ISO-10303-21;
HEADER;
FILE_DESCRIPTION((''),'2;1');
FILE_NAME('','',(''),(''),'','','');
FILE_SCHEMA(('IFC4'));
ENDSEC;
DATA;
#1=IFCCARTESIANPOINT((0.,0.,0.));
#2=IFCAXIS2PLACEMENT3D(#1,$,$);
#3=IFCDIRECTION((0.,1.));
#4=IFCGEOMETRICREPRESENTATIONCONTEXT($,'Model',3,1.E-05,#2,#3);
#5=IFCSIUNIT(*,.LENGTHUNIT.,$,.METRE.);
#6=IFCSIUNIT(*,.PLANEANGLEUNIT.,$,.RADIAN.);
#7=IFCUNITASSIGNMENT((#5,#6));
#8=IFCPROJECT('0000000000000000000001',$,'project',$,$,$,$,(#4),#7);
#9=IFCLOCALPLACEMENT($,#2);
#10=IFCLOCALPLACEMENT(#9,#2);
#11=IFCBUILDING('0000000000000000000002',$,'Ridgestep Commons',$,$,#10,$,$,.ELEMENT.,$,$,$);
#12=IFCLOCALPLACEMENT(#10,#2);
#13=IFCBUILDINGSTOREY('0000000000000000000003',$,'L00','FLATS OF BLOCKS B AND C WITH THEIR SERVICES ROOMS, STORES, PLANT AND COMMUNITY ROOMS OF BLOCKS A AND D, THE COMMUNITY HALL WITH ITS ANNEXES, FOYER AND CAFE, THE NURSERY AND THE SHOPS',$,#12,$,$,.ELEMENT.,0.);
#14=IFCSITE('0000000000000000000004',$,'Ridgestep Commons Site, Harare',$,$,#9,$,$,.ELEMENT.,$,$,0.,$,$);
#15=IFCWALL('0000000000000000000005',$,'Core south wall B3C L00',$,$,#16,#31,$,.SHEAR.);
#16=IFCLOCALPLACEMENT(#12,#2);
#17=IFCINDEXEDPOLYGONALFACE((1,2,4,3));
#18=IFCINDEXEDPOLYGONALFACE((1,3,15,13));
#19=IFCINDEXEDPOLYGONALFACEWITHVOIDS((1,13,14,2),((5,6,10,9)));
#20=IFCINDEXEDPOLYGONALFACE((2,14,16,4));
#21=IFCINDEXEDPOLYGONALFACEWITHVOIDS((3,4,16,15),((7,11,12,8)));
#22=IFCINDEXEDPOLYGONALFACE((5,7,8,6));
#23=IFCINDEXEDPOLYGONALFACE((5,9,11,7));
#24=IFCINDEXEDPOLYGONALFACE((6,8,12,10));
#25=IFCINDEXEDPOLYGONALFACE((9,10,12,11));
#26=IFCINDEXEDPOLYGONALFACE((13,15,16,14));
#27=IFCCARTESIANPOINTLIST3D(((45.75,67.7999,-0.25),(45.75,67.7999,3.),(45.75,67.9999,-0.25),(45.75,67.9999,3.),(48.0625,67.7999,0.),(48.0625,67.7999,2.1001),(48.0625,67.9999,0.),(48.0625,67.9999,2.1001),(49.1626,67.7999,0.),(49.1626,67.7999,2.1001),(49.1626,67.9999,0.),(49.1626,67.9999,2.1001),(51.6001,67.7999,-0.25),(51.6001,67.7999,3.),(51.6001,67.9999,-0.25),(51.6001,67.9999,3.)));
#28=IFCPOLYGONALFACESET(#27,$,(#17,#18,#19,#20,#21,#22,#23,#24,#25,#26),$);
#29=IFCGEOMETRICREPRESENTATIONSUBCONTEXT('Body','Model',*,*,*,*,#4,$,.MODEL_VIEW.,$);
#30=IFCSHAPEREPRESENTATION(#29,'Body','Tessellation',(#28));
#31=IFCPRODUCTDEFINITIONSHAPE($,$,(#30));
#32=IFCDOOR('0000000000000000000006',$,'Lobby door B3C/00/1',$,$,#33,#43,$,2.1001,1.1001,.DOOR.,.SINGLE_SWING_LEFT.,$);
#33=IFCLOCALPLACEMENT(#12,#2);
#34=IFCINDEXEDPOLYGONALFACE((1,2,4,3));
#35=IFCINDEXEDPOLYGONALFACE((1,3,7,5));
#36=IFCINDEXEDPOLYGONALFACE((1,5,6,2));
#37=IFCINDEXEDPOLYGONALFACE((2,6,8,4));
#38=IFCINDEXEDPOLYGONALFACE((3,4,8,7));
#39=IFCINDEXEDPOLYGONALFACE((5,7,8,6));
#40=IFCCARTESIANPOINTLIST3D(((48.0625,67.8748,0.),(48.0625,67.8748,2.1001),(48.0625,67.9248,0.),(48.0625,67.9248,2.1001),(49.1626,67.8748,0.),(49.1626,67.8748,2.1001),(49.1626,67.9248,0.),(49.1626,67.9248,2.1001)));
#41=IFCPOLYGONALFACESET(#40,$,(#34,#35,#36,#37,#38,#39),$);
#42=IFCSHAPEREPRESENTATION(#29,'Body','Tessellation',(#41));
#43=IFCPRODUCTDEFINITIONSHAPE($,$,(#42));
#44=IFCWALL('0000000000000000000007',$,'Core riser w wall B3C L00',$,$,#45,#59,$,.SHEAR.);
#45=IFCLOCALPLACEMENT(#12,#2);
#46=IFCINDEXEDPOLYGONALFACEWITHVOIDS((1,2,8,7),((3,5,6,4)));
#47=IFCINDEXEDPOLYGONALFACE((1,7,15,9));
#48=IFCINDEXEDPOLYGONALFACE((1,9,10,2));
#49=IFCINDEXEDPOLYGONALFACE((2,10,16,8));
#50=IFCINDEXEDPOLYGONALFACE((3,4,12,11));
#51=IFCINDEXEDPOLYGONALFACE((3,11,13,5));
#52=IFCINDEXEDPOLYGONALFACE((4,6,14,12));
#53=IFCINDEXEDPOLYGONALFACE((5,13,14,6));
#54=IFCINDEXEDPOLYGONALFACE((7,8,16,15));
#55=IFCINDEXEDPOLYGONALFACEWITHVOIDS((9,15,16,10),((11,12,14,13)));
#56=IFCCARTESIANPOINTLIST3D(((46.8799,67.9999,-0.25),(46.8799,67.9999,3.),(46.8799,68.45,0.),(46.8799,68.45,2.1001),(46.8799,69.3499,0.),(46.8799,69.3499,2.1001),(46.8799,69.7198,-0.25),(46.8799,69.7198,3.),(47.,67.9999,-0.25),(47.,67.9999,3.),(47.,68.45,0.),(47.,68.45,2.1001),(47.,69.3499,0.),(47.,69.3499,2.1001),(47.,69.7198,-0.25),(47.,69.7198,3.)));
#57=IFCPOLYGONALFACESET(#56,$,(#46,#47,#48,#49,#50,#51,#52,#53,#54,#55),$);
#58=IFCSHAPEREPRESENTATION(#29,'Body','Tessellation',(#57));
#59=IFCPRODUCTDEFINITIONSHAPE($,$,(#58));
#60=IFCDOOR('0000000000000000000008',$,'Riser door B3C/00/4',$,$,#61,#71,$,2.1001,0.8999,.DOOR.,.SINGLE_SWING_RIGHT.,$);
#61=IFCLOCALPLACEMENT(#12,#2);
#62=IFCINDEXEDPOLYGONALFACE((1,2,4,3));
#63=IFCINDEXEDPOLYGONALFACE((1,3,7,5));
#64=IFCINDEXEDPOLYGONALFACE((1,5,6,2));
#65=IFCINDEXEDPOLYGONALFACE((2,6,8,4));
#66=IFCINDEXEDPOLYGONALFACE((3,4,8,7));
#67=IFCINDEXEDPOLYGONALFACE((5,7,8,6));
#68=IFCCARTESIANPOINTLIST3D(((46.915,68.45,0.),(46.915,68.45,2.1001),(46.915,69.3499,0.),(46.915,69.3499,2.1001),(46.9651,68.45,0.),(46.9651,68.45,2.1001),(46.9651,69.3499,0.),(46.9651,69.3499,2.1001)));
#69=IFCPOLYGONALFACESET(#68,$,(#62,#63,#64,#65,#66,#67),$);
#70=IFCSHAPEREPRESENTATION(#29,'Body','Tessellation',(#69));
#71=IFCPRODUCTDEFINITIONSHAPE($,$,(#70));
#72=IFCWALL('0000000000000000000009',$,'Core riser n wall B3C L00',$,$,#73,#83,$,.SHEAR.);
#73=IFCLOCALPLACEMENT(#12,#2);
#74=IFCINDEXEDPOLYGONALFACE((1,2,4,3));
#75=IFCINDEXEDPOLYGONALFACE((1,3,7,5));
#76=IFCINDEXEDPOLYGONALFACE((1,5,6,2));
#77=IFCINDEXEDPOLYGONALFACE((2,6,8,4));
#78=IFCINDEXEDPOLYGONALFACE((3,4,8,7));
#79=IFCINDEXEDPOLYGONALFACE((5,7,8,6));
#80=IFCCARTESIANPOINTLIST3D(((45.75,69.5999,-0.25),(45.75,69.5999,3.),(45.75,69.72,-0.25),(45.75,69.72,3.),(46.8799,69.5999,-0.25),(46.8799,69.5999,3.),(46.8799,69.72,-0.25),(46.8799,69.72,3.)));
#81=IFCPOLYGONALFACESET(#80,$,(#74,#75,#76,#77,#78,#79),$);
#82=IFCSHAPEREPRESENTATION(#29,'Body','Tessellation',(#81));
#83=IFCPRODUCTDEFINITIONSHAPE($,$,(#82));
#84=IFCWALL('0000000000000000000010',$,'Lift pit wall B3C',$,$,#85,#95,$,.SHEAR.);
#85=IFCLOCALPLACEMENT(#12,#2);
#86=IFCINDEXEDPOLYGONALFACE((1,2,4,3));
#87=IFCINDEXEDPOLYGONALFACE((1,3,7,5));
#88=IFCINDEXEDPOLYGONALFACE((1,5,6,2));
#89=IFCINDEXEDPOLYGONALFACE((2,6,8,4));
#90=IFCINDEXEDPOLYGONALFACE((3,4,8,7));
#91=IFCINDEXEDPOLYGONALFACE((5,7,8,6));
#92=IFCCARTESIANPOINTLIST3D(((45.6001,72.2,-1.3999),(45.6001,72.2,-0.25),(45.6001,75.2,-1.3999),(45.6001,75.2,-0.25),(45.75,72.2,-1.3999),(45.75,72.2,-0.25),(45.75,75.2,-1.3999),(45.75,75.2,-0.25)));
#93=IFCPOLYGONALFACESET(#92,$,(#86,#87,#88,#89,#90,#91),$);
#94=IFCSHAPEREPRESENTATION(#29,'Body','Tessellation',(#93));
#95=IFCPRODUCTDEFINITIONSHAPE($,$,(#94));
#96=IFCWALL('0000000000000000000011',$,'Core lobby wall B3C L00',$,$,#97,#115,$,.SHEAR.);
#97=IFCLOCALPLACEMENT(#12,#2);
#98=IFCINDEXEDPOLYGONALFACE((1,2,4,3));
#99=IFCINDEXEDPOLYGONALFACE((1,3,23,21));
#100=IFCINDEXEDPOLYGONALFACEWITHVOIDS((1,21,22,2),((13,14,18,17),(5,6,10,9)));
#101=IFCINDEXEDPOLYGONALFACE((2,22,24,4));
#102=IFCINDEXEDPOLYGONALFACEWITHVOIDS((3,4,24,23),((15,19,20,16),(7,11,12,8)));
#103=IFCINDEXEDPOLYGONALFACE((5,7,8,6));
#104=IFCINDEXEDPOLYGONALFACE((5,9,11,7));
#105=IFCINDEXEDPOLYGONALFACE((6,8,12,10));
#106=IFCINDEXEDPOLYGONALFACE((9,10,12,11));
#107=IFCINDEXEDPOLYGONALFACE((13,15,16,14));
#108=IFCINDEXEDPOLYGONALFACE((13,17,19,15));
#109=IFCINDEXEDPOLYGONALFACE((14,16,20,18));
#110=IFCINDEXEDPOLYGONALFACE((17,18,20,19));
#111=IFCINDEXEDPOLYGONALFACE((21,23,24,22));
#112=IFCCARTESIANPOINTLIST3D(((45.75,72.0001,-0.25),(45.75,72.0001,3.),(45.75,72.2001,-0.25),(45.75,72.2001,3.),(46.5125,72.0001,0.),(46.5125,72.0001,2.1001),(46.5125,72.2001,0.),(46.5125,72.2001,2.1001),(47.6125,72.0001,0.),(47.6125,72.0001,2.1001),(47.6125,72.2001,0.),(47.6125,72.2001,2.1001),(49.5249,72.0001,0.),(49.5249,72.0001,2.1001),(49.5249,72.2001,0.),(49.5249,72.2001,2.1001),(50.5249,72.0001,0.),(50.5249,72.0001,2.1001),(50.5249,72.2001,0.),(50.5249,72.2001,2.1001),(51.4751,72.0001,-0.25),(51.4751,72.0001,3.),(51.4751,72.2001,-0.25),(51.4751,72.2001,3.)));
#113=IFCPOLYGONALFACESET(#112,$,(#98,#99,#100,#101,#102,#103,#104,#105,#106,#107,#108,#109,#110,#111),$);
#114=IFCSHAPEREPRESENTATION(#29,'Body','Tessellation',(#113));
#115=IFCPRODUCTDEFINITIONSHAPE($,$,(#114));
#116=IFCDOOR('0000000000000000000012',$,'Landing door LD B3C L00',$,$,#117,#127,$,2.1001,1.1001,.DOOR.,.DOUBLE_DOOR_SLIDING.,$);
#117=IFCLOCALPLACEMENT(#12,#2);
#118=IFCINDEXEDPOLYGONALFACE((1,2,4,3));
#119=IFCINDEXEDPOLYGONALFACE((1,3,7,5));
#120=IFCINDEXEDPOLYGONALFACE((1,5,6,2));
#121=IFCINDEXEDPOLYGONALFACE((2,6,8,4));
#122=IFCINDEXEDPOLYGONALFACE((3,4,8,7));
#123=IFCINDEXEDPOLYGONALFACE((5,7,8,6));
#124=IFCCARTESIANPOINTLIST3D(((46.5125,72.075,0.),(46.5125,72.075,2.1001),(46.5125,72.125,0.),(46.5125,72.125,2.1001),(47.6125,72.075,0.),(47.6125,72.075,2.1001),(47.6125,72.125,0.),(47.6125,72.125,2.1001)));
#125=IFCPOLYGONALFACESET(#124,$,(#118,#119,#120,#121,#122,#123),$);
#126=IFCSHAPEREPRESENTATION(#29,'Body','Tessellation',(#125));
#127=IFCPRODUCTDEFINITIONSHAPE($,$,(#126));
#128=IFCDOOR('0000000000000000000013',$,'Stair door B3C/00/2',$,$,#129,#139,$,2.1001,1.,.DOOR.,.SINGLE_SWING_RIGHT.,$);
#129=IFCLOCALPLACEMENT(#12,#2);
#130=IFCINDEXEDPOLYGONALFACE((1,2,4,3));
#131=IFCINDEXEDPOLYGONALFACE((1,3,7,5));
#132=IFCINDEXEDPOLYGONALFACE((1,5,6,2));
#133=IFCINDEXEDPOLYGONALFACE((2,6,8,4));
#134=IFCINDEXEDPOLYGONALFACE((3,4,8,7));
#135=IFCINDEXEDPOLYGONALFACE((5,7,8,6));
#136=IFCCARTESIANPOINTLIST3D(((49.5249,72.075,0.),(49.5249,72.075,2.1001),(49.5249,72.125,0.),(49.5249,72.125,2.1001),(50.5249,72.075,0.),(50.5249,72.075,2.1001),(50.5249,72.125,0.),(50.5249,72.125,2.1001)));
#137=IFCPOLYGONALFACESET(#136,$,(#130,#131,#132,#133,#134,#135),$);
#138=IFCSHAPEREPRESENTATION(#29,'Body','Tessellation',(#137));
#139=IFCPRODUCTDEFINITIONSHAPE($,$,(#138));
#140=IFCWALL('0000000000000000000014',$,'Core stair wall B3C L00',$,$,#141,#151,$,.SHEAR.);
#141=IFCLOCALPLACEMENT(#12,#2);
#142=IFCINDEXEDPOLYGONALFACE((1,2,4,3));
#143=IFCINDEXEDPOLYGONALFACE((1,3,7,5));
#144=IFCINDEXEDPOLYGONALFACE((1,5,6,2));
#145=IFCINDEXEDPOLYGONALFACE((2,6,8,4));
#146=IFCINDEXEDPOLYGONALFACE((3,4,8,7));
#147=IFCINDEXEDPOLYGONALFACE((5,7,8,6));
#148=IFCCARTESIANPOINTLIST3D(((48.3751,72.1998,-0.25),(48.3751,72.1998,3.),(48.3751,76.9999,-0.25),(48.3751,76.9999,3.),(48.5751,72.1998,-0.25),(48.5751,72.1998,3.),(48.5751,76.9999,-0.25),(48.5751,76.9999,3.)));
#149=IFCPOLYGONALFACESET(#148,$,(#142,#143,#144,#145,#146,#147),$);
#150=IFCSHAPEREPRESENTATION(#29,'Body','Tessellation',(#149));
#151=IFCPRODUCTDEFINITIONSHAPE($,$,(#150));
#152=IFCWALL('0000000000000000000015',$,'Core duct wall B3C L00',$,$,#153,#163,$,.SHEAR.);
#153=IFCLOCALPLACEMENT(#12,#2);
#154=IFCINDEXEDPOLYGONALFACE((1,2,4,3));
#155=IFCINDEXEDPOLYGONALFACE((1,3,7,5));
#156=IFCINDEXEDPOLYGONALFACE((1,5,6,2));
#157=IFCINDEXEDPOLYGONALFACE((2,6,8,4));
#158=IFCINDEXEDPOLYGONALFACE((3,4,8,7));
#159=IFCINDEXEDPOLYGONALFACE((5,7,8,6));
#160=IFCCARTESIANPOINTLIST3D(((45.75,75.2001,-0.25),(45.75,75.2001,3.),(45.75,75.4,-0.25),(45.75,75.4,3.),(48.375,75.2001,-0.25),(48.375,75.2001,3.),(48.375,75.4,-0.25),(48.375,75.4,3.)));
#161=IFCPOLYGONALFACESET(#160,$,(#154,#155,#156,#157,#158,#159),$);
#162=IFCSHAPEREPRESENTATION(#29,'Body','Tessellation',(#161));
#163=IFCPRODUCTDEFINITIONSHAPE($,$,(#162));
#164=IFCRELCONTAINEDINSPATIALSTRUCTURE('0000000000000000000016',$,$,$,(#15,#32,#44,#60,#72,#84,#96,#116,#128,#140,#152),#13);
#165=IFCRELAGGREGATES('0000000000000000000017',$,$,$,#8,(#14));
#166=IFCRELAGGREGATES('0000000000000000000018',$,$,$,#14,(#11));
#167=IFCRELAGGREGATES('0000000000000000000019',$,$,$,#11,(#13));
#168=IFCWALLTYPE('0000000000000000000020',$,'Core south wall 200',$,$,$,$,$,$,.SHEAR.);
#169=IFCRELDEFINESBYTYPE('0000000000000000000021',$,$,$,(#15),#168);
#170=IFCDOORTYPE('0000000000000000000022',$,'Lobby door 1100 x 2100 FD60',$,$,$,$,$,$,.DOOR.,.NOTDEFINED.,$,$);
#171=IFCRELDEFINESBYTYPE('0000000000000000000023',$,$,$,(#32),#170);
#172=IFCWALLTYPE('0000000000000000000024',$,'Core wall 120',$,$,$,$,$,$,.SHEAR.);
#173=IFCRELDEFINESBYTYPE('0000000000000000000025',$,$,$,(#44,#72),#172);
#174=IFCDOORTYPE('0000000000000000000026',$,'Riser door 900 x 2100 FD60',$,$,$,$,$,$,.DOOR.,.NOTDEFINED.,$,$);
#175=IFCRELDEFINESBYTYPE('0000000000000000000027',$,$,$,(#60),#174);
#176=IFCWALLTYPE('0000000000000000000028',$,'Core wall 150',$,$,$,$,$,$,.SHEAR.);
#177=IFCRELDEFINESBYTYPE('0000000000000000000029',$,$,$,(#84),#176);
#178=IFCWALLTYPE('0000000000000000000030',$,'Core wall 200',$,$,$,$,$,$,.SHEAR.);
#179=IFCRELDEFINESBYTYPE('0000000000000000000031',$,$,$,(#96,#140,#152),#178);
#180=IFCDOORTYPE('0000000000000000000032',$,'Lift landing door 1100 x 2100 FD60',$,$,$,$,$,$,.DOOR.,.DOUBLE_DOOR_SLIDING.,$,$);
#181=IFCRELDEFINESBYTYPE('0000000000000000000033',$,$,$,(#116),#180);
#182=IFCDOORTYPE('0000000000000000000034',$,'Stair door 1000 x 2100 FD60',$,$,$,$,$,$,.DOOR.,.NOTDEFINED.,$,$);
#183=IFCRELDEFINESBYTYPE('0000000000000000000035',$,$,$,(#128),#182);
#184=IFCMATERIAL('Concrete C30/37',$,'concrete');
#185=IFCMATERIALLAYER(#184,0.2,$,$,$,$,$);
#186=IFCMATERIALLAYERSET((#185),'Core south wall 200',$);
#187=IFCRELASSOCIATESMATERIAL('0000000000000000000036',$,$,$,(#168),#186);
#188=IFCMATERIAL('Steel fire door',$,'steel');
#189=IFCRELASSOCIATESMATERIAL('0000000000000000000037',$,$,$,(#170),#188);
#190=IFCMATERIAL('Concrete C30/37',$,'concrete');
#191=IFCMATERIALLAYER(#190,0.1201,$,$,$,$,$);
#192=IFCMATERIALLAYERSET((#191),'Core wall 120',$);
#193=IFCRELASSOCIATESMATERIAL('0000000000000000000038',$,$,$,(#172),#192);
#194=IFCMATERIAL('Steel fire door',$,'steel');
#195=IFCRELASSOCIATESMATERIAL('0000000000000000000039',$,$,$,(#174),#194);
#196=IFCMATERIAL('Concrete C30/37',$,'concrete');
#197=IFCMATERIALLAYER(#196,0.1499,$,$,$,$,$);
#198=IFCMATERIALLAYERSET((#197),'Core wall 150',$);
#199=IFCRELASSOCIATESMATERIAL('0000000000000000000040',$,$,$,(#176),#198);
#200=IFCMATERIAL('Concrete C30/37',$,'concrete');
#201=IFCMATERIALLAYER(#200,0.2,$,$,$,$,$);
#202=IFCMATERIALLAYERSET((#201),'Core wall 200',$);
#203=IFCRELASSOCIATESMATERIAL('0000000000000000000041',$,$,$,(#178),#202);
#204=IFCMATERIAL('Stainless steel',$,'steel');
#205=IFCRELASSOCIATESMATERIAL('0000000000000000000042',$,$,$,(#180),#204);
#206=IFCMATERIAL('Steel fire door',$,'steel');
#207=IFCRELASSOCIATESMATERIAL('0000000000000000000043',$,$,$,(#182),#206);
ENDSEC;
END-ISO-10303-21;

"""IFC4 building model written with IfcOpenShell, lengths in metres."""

from ifc_helpers import new_model, si_unit, direction, frame, frame_2d, origin, place, context, subcontext, project, spatial, rectangle, extrude, material, layer, layer_set, type_object, element, fill, save


model = new_model("IFC4")

# Units and contexts
model_context = context("Model", 3, precision=1e-05, world=origin(), true_north=direction((0.0, 1.0)))
body_context = subcontext(model_context, "Body", "Model", "MODEL_VIEW")
ifc_project = project(units=[si_unit("LENGTHUNIT", "METRE"), si_unit("PLANEANGLEUNIT", "RADIAN")], contexts=[model_context])

# Site, building, storey
site_placement = place(None, origin())
site = spatial("IfcSite", under=ifc_project, at=site_placement, Name="Ridgestep Commons Site, Harare", CompositionType="ELEMENT", RefElevation=0.0)
building_placement = place(site_placement, origin())
building = spatial("IfcBuilding", under=site, at=building_placement, Name="Ridgestep Commons", CompositionType="ELEMENT")
storey_placement = place(building_placement, origin())
storey = spatial("IfcBuildingStorey", under=building, at=storey_placement, Name="L00", Description="FLATS OF BLOCKS B AND C WITH THEIR SERVICES ROOMS, STORES, PLANT AND COMMUNITY ROOMS OF BLOCKS A AND D, THE COMMUNITY HALL WITH ITS ANNEXES, FOYER AND CAFE, THE NURSERY AND THE SHOPS", CompositionType="ELEMENT", Elevation=0.0)

# Walls, openings, doors
ifc_material_1 = material(Name="Concrete C30/37", Category="concrete")
ifc_layer_1 = layer(ifc_material_1, 0.2)
ifc_layer_set_1 = layer_set([ifc_layer_1], Name="Core south wall 200")
wall_type_1 = type_object("IfcWallType", Name="Core south wall 200", PredefinedType="SHEAR", material=ifc_layer_set_1)
wall_1_placement = place(storey_placement, frame((45.75, 67.8999, -0.25), z_axis=(0.0, 0.0, 1.0), x_axis=(1.0, 0.0, 0.0)))
wall_1 = element("IfcWall", 1, at=wall_1_placement, inside=storey, type_object=wall_type_1, Name="Core south wall B3C L00", PredefinedType="SHEAR", context=body_context, shape_type="SweptSolid", body=[
    extrude(rectangle(XDim=5.8501, YDim=0.2, at=frame_2d((2.925, 0.0))), origin(), (0.0, 0.0, 1.0), 3.25),
])
opening_1_placement = place(wall_1_placement, frame((2.3125, 0.0, 0.25)))
opening_1 = element("IfcOpeningElement", 2, at=opening_1_placement, cuts=wall_1, PredefinedType="OPENING", context=body_context, shape_type="SweptSolid", body=[
    extrude(rectangle(XDim=1.1001, YDim=2.1001, at=frame_2d((0.55, 1.05))), frame((0.0, 0.1099, 0.0), z_axis=(0.0, -1.0, 0.0), x_axis=(1.0, 0.0, 0.0)), (0.0, 0.0, 1.0), 0.22),
])
ifc_material_2 = material(Name="Steel fire door", Category="steel")
door_type_1 = type_object("IfcDoorType", Name="Lobby door 1100 x 2100 FD60", OperationType="NOTDEFINED", PredefinedType="DOOR", material=ifc_material_2)
door_1_placement = place(opening_1_placement, origin())
door_1 = element("IfcDoor", 3, at=door_1_placement, inside=storey, type_object=door_type_1, Name="Lobby door B3C/00/1", OperationType="SINGLE_SWING_LEFT", OverallHeight=2.1001, OverallWidth=1.1001, PredefinedType="DOOR", context=body_context, shape_type="SweptSolid", body=[
    extrude(rectangle(XDim=1.1001, YDim=2.1001, at=frame_2d((0.55, 1.05))), frame((0.0, 0.0249, 0.0), z_axis=(0.0, -1.0, 0.0), x_axis=(1.0, 0.0, 0.0)), (0.0, 0.0, 1.0), 0.05),
])
fill(opening_1, door_1)
ifc_material_3 = material(Name="Concrete C30/37", Category="concrete")
ifc_layer_2 = layer(ifc_material_3, 0.1201)
ifc_layer_set_2 = layer_set([ifc_layer_2], Name="Core wall 120")
wall_type_2 = type_object("IfcWallType", Name="Core wall 120", PredefinedType="SHEAR", material=ifc_layer_set_2)
wall_2_placement = place(storey_placement, frame((46.9399, 68.0, -0.25), z_axis=(0.0, 0.0, 1.0), x_axis=(0.0, 1.0, 0.0)))
wall_2 = element("IfcWall", 4, at=wall_2_placement, inside=storey, type_object=wall_type_2, Name="Core riser w wall B3C L00", PredefinedType="SHEAR", context=body_context, shape_type="SweptSolid", body=[
    extrude(rectangle(XDim=1.72, YDim=0.1201, at=frame_2d((0.8599, 0.0))), origin(), (0.0, 0.0, 1.0), 3.25),
])
opening_2_placement = place(wall_2_placement, frame((0.45, 0.0, 0.25)))
opening_2 = element("IfcOpeningElement", 5, at=opening_2_placement, cuts=wall_2, PredefinedType="OPENING", context=body_context, shape_type="SweptSolid", body=[
    extrude(rectangle(XDim=0.8999, YDim=2.1001, at=frame_2d((0.45, 1.05))), frame((0.0, 0.0701, 0.0), z_axis=(0.0, -1.0, 0.0), x_axis=(1.0, 0.0, 0.0)), (0.0, 0.0, 1.0), 0.1401),
])
ifc_material_4 = material(Name="Steel fire door", Category="steel")
door_type_2 = type_object("IfcDoorType", Name="Riser door 900 x 2100 FD60", OperationType="NOTDEFINED", PredefinedType="DOOR", material=ifc_material_4)
door_2_placement = place(opening_2_placement, origin())
door_2 = element("IfcDoor", 6, at=door_2_placement, inside=storey, type_object=door_type_2, Name="Riser door B3C/00/4", OperationType="SINGLE_SWING_RIGHT", OverallHeight=2.1001, OverallWidth=0.8999, PredefinedType="DOOR", context=body_context, shape_type="SweptSolid", body=[
    extrude(rectangle(XDim=0.8999, YDim=2.1001, at=frame_2d((0.45, 1.05))), frame((0.0, 0.0249, 0.0), z_axis=(0.0, -1.0, 0.0), x_axis=(1.0, 0.0, 0.0)), (0.0, 0.0, 1.0), 0.05),
])
fill(opening_2, door_2)

# Walls
wall_3_placement = place(storey_placement, frame((45.75, 69.6599, -0.25), z_axis=(0.0, 0.0, 1.0), x_axis=(1.0, 0.0, 0.0)))
element("IfcWall", 7, at=wall_3_placement, inside=storey, type_object=wall_type_2, Name="Core riser n wall B3C L00", PredefinedType="SHEAR", context=body_context, shape_type="SweptSolid", body=[
    extrude(rectangle(XDim=1.1299, YDim=0.1201, at=frame_2d((0.5649, 0.0))), origin(), (0.0, 0.0, 1.0), 3.25),
])
ifc_material_5 = material(Name="Concrete C30/37", Category="concrete")
ifc_layer_3 = layer(ifc_material_5, 0.1499)
ifc_layer_set_3 = layer_set([ifc_layer_3], Name="Core wall 150")
wall_type_3 = type_object("IfcWallType", Name="Core wall 150", PredefinedType="SHEAR", material=ifc_layer_set_3)
wall_4_placement = place(storey_placement, frame((45.675, 72.2, -1.3999), z_axis=(0.0, 0.0, 1.0), x_axis=(0.0, 1.0, 0.0)))
element("IfcWall", 8, at=wall_4_placement, inside=storey, type_object=wall_type_3, Name="Lift pit wall B3C", PredefinedType="SHEAR", context=body_context, shape_type="SweptSolid", body=[
    extrude(rectangle(XDim=3.0, YDim=0.1499, at=frame_2d((1.5, 0.0))), origin(), (0.0, 0.0, 1.0), 1.1499),
])

# Wall, openings, doors
ifc_material_6 = material(Name="Concrete C30/37", Category="concrete")
ifc_layer_4 = layer(ifc_material_6, 0.2)
ifc_layer_set_4 = layer_set([ifc_layer_4], Name="Core wall 200")
wall_type_4 = type_object("IfcWallType", Name="Core wall 200", PredefinedType="SHEAR", material=ifc_layer_set_4)
wall_5_placement = place(storey_placement, frame((45.75, 72.1001, -0.25), z_axis=(0.0, 0.0, 1.0), x_axis=(1.0, 0.0, 0.0)))
wall_5 = element("IfcWall", 9, at=wall_5_placement, inside=storey, type_object=wall_type_4, Name="Core lobby wall B3C L00", PredefinedType="SHEAR", context=body_context, shape_type="SweptSolid", body=[
    extrude(rectangle(XDim=5.7251, YDim=0.2, at=frame_2d((2.8625, 0.0))), origin(), (0.0, 0.0, 1.0), 3.25),
])
opening_3_placement = place(wall_5_placement, frame((3.7749, 0.0, 0.25)))
opening_3 = element("IfcOpeningElement", 10, at=opening_3_placement, cuts=wall_5, PredefinedType="OPENING", context=body_context, shape_type="SweptSolid", body=[
    extrude(rectangle(XDim=1.0, YDim=2.1001, at=frame_2d((0.5, 1.05))), frame((0.0, 0.1099, 0.0), z_axis=(0.0, -1.0, 0.0), x_axis=(1.0, 0.0, 0.0)), (0.0, 0.0, 1.0), 0.22),
])
opening_4_placement = place(wall_5_placement, frame((0.7625, 0.0, 0.25)))
opening_4 = element("IfcOpeningElement", 11, at=opening_4_placement, cuts=wall_5, PredefinedType="OPENING", context=body_context, shape_type="SweptSolid", body=[
    extrude(rectangle(XDim=1.1001, YDim=2.1001, at=frame_2d((0.55, 1.05))), frame((0.0, 0.1099, 0.0), z_axis=(0.0, -1.0, 0.0), x_axis=(1.0, 0.0, 0.0)), (0.0, 0.0, 1.0), 0.22),
])
ifc_material_7 = material(Name="Stainless steel", Category="steel")
door_type_3 = type_object("IfcDoorType", Name="Lift landing door 1100 x 2100 FD60", OperationType="DOUBLE_DOOR_SLIDING", PredefinedType="DOOR", material=ifc_material_7)
door_3_placement = place(opening_4_placement, origin())
door_3 = element("IfcDoor", 12, at=door_3_placement, inside=storey, type_object=door_type_3, Name="Landing door LD B3C L00", OperationType="DOUBLE_DOOR_SLIDING", OverallHeight=2.1001, OverallWidth=1.1001, PredefinedType="DOOR", context=body_context, shape_type="SweptSolid", body=[
    extrude(rectangle(XDim=1.1001, YDim=2.1001, at=frame_2d((0.55, 1.05))), frame((0.0, 0.0249, 0.0), z_axis=(0.0, -1.0, 0.0), x_axis=(1.0, 0.0, 0.0)), (0.0, 0.0, 1.0), 0.05),
])
fill(opening_4, door_3)
ifc_material_8 = material(Name="Steel fire door", Category="steel")
door_type_4 = type_object("IfcDoorType", Name="Stair door 1000 x 2100 FD60", OperationType="NOTDEFINED", PredefinedType="DOOR", material=ifc_material_8)
door_4_placement = place(opening_3_placement, origin())
door_4 = element("IfcDoor", 13, at=door_4_placement, inside=storey, type_object=door_type_4, Name="Stair door B3C/00/2", OperationType="SINGLE_SWING_RIGHT", OverallHeight=2.1001, OverallWidth=1.0, PredefinedType="DOOR", context=body_context, shape_type="SweptSolid", body=[
    extrude(rectangle(XDim=1.0, YDim=2.1001, at=frame_2d((0.5, 1.05))), frame((0.0, 0.0249, 0.0), z_axis=(0.0, -1.0, 0.0), x_axis=(1.0, 0.0, 0.0)), (0.0, 0.0, 1.0), 0.05),
])
fill(opening_3, door_4)

# Walls
wall_6_placement = place(storey_placement, frame((48.4751, 72.2, -0.25), z_axis=(0.0, 0.0, 1.0), x_axis=(0.0, 1.0, 0.0)))
element("IfcWall", 14, at=wall_6_placement, inside=storey, type_object=wall_type_4, Name="Core stair wall B3C L00", PredefinedType="SHEAR", context=body_context, shape_type="SweptSolid", body=[
    extrude(rectangle(XDim=4.8, YDim=0.2, at=frame_2d((2.3999, 0.0))), origin(), (0.0, 0.0, 1.0), 3.25),
])
wall_7_placement = place(storey_placement, frame((45.75, 75.3, -0.25), z_axis=(0.0, 0.0, 1.0), x_axis=(1.0, 0.0, 0.0)))
element("IfcWall", 15, at=wall_7_placement, inside=storey, type_object=wall_type_4, Name="Core duct wall B3C L00", PredefinedType="SHEAR", context=body_context, shape_type="SweptSolid", body=[
    extrude(rectangle(XDim=2.625, YDim=0.2, at=frame_2d((1.3125, 0.0))), origin(), (0.0, 0.0, 1.0), 3.25),
])

save(model, "model.ifc")
